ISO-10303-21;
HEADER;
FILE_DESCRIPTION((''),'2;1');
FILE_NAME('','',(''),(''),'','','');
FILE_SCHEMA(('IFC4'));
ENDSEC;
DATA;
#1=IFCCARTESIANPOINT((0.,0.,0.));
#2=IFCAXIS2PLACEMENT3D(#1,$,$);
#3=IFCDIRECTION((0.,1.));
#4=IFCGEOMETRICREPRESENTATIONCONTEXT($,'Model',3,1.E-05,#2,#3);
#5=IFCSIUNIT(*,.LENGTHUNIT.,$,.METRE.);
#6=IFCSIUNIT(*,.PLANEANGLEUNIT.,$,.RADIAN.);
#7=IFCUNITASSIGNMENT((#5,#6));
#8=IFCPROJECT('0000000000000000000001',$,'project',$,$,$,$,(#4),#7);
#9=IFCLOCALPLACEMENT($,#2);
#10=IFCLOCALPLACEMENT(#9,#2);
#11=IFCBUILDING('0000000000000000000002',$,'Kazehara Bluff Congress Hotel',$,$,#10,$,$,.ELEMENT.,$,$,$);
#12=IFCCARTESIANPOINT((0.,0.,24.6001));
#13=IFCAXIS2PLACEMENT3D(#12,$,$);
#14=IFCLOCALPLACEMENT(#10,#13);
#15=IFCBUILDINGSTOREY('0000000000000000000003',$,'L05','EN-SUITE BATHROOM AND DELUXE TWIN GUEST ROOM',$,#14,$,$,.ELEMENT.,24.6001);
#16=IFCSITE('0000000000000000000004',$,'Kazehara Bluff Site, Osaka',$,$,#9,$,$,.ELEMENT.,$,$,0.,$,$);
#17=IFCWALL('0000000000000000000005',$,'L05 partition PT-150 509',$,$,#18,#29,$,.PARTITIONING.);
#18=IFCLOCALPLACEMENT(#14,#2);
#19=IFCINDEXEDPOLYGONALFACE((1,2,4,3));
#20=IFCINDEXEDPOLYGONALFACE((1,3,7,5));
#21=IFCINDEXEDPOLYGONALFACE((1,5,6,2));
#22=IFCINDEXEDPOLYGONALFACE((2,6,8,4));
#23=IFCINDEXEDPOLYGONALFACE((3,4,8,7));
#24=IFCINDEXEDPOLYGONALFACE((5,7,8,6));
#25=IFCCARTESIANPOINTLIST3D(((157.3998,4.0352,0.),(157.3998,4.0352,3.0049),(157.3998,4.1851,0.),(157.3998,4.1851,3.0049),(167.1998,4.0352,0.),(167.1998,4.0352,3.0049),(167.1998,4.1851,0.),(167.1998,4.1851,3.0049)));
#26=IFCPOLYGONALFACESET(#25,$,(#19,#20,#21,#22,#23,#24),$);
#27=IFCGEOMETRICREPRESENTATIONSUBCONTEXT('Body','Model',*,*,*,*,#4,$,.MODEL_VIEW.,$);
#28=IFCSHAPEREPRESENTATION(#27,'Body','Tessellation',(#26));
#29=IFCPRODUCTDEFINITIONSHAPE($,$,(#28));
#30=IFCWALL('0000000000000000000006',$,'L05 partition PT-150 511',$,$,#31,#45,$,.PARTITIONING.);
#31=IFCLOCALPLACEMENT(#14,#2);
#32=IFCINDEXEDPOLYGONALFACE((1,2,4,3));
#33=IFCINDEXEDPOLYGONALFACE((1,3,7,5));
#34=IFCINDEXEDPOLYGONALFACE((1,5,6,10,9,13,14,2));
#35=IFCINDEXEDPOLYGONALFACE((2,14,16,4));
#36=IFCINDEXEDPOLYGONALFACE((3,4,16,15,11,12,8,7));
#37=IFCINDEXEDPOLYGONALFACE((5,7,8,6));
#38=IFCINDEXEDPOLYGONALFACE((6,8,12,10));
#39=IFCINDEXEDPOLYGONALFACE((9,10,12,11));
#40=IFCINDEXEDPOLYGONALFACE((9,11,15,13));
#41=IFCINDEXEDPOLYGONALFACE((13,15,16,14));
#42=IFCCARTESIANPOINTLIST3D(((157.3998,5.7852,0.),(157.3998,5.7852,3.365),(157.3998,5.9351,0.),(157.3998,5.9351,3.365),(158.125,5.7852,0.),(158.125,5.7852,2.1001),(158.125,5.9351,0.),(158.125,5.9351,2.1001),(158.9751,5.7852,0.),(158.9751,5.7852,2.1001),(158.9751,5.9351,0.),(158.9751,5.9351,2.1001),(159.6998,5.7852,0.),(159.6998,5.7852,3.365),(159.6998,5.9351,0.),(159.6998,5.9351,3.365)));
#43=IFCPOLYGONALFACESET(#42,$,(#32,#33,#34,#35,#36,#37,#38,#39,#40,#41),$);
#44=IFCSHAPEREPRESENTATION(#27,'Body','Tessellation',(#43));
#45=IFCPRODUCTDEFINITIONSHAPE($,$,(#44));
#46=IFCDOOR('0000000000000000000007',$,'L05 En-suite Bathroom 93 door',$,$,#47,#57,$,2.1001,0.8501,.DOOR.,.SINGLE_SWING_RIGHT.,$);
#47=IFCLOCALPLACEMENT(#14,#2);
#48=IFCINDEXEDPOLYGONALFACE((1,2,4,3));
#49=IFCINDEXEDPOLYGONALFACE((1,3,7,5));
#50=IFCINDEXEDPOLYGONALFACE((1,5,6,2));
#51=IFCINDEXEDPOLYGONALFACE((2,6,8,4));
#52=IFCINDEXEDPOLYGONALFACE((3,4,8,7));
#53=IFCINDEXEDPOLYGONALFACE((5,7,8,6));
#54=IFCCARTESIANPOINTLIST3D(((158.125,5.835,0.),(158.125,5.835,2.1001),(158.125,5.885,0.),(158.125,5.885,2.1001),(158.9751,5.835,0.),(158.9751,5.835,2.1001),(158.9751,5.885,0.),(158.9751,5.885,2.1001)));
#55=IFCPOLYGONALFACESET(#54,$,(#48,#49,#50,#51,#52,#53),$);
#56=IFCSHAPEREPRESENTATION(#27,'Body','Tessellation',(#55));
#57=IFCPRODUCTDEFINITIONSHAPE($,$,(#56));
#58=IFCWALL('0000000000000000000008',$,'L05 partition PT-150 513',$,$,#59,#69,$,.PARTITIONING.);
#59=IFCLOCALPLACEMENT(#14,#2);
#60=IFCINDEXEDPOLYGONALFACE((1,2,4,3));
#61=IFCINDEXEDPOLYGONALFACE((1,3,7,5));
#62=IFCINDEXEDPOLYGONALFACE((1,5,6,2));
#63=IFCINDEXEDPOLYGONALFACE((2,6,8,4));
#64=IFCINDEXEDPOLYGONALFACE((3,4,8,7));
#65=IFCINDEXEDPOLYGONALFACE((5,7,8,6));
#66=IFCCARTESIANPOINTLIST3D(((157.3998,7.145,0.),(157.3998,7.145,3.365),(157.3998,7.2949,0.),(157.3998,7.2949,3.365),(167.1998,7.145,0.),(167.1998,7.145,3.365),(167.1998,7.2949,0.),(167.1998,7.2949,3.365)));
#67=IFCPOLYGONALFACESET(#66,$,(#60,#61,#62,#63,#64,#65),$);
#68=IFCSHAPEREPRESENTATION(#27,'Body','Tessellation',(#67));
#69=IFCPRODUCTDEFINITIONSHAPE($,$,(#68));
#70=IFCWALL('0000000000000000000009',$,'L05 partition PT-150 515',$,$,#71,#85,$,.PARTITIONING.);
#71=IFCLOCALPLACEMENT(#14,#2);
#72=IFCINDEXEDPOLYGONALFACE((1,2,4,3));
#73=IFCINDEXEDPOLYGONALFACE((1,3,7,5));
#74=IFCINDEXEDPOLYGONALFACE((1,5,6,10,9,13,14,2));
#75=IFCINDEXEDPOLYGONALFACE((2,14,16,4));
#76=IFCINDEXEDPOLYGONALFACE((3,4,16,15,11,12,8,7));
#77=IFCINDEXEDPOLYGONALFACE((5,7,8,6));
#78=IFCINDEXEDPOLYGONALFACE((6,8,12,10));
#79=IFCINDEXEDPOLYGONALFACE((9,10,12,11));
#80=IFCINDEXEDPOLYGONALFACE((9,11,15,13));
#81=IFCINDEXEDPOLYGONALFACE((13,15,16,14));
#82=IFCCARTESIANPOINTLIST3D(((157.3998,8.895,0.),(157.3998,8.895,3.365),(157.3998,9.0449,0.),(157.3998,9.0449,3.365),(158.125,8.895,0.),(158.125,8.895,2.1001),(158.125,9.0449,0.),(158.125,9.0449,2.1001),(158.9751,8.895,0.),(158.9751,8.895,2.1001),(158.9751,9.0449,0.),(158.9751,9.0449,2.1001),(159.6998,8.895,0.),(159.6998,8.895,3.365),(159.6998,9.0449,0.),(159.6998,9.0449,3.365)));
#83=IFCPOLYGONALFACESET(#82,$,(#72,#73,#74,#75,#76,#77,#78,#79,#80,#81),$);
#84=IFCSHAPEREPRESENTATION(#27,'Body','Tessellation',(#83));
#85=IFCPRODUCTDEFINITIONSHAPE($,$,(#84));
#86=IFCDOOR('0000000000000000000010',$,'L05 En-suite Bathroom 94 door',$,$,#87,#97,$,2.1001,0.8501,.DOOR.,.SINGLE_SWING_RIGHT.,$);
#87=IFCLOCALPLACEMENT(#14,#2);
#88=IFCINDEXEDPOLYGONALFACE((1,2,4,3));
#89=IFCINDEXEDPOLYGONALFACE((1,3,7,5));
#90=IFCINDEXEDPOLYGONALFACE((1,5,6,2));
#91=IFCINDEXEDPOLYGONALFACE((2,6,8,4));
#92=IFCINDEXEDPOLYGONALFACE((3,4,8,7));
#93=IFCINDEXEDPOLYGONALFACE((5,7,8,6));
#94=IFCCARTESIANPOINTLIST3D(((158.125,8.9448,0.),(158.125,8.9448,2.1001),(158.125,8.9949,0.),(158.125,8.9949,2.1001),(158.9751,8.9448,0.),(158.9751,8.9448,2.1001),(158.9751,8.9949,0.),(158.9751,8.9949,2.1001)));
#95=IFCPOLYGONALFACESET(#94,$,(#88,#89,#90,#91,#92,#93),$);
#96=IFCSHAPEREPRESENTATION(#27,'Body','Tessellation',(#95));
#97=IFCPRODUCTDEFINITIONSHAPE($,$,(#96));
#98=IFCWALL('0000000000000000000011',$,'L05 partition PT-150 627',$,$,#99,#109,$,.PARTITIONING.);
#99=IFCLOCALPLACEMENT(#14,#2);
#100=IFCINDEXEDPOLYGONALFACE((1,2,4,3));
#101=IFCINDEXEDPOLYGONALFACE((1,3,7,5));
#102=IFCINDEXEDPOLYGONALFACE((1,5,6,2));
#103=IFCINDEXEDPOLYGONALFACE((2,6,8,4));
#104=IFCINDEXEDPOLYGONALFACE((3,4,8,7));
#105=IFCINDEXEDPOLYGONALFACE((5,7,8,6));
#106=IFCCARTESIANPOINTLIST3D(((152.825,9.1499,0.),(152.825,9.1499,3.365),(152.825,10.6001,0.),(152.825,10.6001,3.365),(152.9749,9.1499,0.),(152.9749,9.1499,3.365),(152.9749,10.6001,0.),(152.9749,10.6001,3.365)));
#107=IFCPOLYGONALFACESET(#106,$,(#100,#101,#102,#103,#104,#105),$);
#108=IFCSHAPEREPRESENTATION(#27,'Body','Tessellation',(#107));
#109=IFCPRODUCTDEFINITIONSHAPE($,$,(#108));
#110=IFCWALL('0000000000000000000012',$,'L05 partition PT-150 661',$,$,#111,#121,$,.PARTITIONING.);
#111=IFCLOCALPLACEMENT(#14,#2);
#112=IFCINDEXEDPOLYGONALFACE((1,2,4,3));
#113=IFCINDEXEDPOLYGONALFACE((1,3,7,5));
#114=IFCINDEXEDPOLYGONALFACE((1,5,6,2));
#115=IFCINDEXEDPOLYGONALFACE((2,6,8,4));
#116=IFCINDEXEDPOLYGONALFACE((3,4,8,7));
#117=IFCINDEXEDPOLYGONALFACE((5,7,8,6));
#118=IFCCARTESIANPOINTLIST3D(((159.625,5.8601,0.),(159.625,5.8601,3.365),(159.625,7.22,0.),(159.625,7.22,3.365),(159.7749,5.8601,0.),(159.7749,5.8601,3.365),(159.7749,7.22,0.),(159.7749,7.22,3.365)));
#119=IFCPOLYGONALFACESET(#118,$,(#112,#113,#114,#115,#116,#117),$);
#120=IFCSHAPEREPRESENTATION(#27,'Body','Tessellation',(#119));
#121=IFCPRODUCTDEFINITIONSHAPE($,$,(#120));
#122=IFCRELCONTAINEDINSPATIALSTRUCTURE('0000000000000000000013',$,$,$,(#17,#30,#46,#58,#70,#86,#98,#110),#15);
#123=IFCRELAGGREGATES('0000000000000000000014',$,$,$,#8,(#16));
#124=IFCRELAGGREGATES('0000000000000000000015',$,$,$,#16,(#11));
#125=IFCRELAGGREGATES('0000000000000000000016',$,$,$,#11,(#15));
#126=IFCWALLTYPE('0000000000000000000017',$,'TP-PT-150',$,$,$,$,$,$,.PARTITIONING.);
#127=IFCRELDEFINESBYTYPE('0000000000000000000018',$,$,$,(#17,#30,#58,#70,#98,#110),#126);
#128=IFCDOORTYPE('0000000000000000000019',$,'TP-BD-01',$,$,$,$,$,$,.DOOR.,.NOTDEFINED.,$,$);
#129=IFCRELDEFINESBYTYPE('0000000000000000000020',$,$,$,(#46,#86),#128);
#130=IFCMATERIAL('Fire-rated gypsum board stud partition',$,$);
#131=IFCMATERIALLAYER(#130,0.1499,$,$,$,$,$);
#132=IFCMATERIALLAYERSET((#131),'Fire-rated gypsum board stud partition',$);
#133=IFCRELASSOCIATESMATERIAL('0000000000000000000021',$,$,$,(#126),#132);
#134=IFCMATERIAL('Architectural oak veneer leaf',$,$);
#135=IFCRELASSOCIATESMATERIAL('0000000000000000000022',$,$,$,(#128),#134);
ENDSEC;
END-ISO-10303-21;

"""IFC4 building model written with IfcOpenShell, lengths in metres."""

from ifc_helpers import new_model, si_unit, direction, frame, frame_2d, origin, place, context, subcontext, project, spatial, rectangle, extrude, material, layer, layer_set, type_object, element, fill, save


model = new_model("IFC4")

# Units and contexts
model_context = context("Model", 3, precision=1e-05, world=origin(), true_north=direction((0.0, 1.0)))
body_context = subcontext(model_context, "Body", "Model", "MODEL_VIEW")
ifc_project = project(units=[si_unit("LENGTHUNIT", "METRE"), si_unit("PLANEANGLEUNIT", "RADIAN")], contexts=[model_context])

# Site, building, storey
site_placement = place(None, origin())
site = spatial("IfcSite", under=ifc_project, at=site_placement, Name="Kazehara Bluff Site, Osaka", CompositionType="ELEMENT", RefElevation=0.0)
building_placement = place(site_placement, origin())
building = spatial("IfcBuilding", under=site, at=building_placement, Name="Kazehara Bluff Congress Hotel", CompositionType="ELEMENT")
storey_placement = place(building_placement, frame((0.0, 0.0, 24.6001)))
storey = spatial("IfcBuildingStorey", under=building, at=storey_placement, Name="L05", Description="EN-SUITE BATHROOM AND DELUXE TWIN GUEST ROOM", CompositionType="ELEMENT", Elevation=24.6001)

# Wall
ifc_material_1 = material(Name="Fire-rated gypsum board stud partition")
ifc_layer = layer(ifc_material_1, 0.1499)
ifc_layer_set = layer_set([ifc_layer], Name="Fire-rated gypsum board stud partition")
wall_type = type_object("IfcWallType", Name="TP-PT-150", PredefinedType="PARTITIONING", material=ifc_layer_set)
wall_1_placement = place(storey_placement, frame((157.3999, 4.1101, 0.0), z_axis=(0.0, 0.0, 1.0), x_axis=(1.0, 0.0, 0.0)))
element("IfcWall", 1, at=wall_1_placement, inside=storey, type_object=wall_type, Name="L05 partition PT-150 509", PredefinedType="PARTITIONING", context=body_context, shape_type="SweptSolid", body=[
    extrude(rectangle(XDim=9.8, YDim=0.1499, at=frame_2d((4.8999, 0.0))), origin(), (0.0, 0.0, 1.0), 3.0049),
])

# Wall, opening, door
wall_2_placement = place(storey_placement, frame((157.3999, 5.8601, 0.0), z_axis=(0.0, 0.0, 1.0), x_axis=(1.0, 0.0, 0.0)))
wall_2 = element("IfcWall", 2, at=wall_2_placement, inside=storey, type_object=wall_type, Name="L05 partition PT-150 511", PredefinedType="PARTITIONING", context=body_context, shape_type="SweptSolid", body=[
    extrude(rectangle(XDim=2.3, YDim=0.1499, at=frame_2d((1.1499, 0.0))), origin(), (0.0, 0.0, 1.0), 3.365),
])
opening_1_placement = place(wall_2_placement, frame((0.7251, 0.0, 0.0)))
opening_1 = element("IfcOpeningElement", 3, at=opening_1_placement, cuts=wall_2, PredefinedType="OPENING", context=body_context, shape_type="SweptSolid", body=[
    extrude(rectangle(XDim=0.8501, YDim=2.1001, at=frame_2d((0.425, 1.05))), frame((0.0, 0.085, 0.0), z_axis=(0.0, -1.0, 0.0), x_axis=(1.0, 0.0, 0.0)), (0.0, 0.0, 1.0), 0.1699),
])
ifc_material_2 = material(Name="Architectural oak veneer leaf")
door_type = type_object("IfcDoorType", Name="TP-BD-01", OperationType="NOTDEFINED", PredefinedType="DOOR", material=ifc_material_2)
door_1_placement = place(opening_1_placement, origin())
door_1 = element("IfcDoor", 4, at=door_1_placement, inside=storey, type_object=door_type, Name="L05 En-suite Bathroom 93 door", OperationType="SINGLE_SWING_RIGHT", OverallHeight=2.1001, OverallWidth=0.8501, PredefinedType="DOOR", context=body_context, shape_type="SweptSolid", body=[
    extrude(rectangle(XDim=0.8501, YDim=2.1001, at=frame_2d((0.425, 1.05))), frame((0.0, 0.0249, 0.0), z_axis=(0.0, -1.0, 0.0), x_axis=(1.0, 0.0, 0.0)), (0.0, 0.0, 1.0), 0.05),
])
fill(opening_1, door_1)

# Wall
wall_3_placement = place(storey_placement, frame((157.3999, 7.22, 0.0), z_axis=(0.0, 0.0, 1.0), x_axis=(1.0, 0.0, 0.0)))
element("IfcWall", 5, at=wall_3_placement, inside=storey, type_object=wall_type, Name="L05 partition PT-150 513", PredefinedType="PARTITIONING", context=body_context, shape_type="SweptSolid", body=[
    extrude(rectangle(XDim=9.8, YDim=0.1499, at=frame_2d((4.8999, 0.0))), origin(), (0.0, 0.0, 1.0), 3.365),
])

# Wall, opening, door
wall_4_placement = place(storey_placement, frame((157.3999, 8.97, 0.0), z_axis=(0.0, 0.0, 1.0), x_axis=(1.0, 0.0, 0.0)))
wall_4 = element("IfcWall", 6, at=wall_4_placement, inside=storey, type_object=wall_type, Name="L05 partition PT-150 515", PredefinedType="PARTITIONING", context=body_context, shape_type="SweptSolid", body=[
    extrude(rectangle(XDim=2.3, YDim=0.1499, at=frame_2d((1.1499, 0.0))), origin(), (0.0, 0.0, 1.0), 3.365),
])
opening_2_placement = place(wall_4_placement, frame((0.7251, 0.0, 0.0)))
opening_2 = element("IfcOpeningElement", 7, at=opening_2_placement, cuts=wall_4, PredefinedType="OPENING", context=body_context, shape_type="SweptSolid", body=[
    extrude(rectangle(XDim=0.8501, YDim=2.1001, at=frame_2d((0.425, 1.05))), frame((0.0, 0.085, 0.0), z_axis=(0.0, -1.0, 0.0), x_axis=(1.0, 0.0, 0.0)), (0.0, 0.0, 1.0), 0.1699),
])
door_2_placement = place(opening_2_placement, origin())
door_2 = element("IfcDoor", 8, at=door_2_placement, inside=storey, type_object=door_type, Name="L05 En-suite Bathroom 94 door", OperationType="SINGLE_SWING_RIGHT", OverallHeight=2.1001, OverallWidth=0.8501, PredefinedType="DOOR", context=body_context, shape_type="SweptSolid", body=[
    extrude(rectangle(XDim=0.8501, YDim=2.1001, at=frame_2d((0.425, 1.05))), frame((0.0, 0.0249, 0.0), z_axis=(0.0, -1.0, 0.0), x_axis=(1.0, 0.0, 0.0)), (0.0, 0.0, 1.0), 0.05),
])
fill(opening_2, door_2)

# Walls
wall_5_placement = place(storey_placement, frame((152.8999, 9.1499, 0.0), z_axis=(0.0, 0.0, 1.0), x_axis=(0.0, 1.0, 0.0)))
element("IfcWall", 9, at=wall_5_placement, inside=storey, type_object=wall_type, Name="L05 partition PT-150 627", PredefinedType="PARTITIONING", context=body_context, shape_type="SweptSolid", body=[
    extrude(rectangle(XDim=1.4502, YDim=0.1499, at=frame_2d((0.7251, 0.0))), origin(), (0.0, 0.0, 1.0), 3.365),
])
wall_6_placement = place(storey_placement, frame((159.7, 5.8601, 0.0), z_axis=(0.0, 0.0, 1.0), x_axis=(0.0, 1.0, 0.0)))
element("IfcWall", 10, at=wall_6_placement, inside=storey, type_object=wall_type, Name="L05 partition PT-150 661", PredefinedType="PARTITIONING", context=body_context, shape_type="SweptSolid", body=[
    extrude(rectangle(XDim=1.3599, YDim=0.1499, at=frame_2d((0.6799, 0.0))), origin(), (0.0, 0.0, 1.0), 3.365),
])

save(model, "model.ifc")
